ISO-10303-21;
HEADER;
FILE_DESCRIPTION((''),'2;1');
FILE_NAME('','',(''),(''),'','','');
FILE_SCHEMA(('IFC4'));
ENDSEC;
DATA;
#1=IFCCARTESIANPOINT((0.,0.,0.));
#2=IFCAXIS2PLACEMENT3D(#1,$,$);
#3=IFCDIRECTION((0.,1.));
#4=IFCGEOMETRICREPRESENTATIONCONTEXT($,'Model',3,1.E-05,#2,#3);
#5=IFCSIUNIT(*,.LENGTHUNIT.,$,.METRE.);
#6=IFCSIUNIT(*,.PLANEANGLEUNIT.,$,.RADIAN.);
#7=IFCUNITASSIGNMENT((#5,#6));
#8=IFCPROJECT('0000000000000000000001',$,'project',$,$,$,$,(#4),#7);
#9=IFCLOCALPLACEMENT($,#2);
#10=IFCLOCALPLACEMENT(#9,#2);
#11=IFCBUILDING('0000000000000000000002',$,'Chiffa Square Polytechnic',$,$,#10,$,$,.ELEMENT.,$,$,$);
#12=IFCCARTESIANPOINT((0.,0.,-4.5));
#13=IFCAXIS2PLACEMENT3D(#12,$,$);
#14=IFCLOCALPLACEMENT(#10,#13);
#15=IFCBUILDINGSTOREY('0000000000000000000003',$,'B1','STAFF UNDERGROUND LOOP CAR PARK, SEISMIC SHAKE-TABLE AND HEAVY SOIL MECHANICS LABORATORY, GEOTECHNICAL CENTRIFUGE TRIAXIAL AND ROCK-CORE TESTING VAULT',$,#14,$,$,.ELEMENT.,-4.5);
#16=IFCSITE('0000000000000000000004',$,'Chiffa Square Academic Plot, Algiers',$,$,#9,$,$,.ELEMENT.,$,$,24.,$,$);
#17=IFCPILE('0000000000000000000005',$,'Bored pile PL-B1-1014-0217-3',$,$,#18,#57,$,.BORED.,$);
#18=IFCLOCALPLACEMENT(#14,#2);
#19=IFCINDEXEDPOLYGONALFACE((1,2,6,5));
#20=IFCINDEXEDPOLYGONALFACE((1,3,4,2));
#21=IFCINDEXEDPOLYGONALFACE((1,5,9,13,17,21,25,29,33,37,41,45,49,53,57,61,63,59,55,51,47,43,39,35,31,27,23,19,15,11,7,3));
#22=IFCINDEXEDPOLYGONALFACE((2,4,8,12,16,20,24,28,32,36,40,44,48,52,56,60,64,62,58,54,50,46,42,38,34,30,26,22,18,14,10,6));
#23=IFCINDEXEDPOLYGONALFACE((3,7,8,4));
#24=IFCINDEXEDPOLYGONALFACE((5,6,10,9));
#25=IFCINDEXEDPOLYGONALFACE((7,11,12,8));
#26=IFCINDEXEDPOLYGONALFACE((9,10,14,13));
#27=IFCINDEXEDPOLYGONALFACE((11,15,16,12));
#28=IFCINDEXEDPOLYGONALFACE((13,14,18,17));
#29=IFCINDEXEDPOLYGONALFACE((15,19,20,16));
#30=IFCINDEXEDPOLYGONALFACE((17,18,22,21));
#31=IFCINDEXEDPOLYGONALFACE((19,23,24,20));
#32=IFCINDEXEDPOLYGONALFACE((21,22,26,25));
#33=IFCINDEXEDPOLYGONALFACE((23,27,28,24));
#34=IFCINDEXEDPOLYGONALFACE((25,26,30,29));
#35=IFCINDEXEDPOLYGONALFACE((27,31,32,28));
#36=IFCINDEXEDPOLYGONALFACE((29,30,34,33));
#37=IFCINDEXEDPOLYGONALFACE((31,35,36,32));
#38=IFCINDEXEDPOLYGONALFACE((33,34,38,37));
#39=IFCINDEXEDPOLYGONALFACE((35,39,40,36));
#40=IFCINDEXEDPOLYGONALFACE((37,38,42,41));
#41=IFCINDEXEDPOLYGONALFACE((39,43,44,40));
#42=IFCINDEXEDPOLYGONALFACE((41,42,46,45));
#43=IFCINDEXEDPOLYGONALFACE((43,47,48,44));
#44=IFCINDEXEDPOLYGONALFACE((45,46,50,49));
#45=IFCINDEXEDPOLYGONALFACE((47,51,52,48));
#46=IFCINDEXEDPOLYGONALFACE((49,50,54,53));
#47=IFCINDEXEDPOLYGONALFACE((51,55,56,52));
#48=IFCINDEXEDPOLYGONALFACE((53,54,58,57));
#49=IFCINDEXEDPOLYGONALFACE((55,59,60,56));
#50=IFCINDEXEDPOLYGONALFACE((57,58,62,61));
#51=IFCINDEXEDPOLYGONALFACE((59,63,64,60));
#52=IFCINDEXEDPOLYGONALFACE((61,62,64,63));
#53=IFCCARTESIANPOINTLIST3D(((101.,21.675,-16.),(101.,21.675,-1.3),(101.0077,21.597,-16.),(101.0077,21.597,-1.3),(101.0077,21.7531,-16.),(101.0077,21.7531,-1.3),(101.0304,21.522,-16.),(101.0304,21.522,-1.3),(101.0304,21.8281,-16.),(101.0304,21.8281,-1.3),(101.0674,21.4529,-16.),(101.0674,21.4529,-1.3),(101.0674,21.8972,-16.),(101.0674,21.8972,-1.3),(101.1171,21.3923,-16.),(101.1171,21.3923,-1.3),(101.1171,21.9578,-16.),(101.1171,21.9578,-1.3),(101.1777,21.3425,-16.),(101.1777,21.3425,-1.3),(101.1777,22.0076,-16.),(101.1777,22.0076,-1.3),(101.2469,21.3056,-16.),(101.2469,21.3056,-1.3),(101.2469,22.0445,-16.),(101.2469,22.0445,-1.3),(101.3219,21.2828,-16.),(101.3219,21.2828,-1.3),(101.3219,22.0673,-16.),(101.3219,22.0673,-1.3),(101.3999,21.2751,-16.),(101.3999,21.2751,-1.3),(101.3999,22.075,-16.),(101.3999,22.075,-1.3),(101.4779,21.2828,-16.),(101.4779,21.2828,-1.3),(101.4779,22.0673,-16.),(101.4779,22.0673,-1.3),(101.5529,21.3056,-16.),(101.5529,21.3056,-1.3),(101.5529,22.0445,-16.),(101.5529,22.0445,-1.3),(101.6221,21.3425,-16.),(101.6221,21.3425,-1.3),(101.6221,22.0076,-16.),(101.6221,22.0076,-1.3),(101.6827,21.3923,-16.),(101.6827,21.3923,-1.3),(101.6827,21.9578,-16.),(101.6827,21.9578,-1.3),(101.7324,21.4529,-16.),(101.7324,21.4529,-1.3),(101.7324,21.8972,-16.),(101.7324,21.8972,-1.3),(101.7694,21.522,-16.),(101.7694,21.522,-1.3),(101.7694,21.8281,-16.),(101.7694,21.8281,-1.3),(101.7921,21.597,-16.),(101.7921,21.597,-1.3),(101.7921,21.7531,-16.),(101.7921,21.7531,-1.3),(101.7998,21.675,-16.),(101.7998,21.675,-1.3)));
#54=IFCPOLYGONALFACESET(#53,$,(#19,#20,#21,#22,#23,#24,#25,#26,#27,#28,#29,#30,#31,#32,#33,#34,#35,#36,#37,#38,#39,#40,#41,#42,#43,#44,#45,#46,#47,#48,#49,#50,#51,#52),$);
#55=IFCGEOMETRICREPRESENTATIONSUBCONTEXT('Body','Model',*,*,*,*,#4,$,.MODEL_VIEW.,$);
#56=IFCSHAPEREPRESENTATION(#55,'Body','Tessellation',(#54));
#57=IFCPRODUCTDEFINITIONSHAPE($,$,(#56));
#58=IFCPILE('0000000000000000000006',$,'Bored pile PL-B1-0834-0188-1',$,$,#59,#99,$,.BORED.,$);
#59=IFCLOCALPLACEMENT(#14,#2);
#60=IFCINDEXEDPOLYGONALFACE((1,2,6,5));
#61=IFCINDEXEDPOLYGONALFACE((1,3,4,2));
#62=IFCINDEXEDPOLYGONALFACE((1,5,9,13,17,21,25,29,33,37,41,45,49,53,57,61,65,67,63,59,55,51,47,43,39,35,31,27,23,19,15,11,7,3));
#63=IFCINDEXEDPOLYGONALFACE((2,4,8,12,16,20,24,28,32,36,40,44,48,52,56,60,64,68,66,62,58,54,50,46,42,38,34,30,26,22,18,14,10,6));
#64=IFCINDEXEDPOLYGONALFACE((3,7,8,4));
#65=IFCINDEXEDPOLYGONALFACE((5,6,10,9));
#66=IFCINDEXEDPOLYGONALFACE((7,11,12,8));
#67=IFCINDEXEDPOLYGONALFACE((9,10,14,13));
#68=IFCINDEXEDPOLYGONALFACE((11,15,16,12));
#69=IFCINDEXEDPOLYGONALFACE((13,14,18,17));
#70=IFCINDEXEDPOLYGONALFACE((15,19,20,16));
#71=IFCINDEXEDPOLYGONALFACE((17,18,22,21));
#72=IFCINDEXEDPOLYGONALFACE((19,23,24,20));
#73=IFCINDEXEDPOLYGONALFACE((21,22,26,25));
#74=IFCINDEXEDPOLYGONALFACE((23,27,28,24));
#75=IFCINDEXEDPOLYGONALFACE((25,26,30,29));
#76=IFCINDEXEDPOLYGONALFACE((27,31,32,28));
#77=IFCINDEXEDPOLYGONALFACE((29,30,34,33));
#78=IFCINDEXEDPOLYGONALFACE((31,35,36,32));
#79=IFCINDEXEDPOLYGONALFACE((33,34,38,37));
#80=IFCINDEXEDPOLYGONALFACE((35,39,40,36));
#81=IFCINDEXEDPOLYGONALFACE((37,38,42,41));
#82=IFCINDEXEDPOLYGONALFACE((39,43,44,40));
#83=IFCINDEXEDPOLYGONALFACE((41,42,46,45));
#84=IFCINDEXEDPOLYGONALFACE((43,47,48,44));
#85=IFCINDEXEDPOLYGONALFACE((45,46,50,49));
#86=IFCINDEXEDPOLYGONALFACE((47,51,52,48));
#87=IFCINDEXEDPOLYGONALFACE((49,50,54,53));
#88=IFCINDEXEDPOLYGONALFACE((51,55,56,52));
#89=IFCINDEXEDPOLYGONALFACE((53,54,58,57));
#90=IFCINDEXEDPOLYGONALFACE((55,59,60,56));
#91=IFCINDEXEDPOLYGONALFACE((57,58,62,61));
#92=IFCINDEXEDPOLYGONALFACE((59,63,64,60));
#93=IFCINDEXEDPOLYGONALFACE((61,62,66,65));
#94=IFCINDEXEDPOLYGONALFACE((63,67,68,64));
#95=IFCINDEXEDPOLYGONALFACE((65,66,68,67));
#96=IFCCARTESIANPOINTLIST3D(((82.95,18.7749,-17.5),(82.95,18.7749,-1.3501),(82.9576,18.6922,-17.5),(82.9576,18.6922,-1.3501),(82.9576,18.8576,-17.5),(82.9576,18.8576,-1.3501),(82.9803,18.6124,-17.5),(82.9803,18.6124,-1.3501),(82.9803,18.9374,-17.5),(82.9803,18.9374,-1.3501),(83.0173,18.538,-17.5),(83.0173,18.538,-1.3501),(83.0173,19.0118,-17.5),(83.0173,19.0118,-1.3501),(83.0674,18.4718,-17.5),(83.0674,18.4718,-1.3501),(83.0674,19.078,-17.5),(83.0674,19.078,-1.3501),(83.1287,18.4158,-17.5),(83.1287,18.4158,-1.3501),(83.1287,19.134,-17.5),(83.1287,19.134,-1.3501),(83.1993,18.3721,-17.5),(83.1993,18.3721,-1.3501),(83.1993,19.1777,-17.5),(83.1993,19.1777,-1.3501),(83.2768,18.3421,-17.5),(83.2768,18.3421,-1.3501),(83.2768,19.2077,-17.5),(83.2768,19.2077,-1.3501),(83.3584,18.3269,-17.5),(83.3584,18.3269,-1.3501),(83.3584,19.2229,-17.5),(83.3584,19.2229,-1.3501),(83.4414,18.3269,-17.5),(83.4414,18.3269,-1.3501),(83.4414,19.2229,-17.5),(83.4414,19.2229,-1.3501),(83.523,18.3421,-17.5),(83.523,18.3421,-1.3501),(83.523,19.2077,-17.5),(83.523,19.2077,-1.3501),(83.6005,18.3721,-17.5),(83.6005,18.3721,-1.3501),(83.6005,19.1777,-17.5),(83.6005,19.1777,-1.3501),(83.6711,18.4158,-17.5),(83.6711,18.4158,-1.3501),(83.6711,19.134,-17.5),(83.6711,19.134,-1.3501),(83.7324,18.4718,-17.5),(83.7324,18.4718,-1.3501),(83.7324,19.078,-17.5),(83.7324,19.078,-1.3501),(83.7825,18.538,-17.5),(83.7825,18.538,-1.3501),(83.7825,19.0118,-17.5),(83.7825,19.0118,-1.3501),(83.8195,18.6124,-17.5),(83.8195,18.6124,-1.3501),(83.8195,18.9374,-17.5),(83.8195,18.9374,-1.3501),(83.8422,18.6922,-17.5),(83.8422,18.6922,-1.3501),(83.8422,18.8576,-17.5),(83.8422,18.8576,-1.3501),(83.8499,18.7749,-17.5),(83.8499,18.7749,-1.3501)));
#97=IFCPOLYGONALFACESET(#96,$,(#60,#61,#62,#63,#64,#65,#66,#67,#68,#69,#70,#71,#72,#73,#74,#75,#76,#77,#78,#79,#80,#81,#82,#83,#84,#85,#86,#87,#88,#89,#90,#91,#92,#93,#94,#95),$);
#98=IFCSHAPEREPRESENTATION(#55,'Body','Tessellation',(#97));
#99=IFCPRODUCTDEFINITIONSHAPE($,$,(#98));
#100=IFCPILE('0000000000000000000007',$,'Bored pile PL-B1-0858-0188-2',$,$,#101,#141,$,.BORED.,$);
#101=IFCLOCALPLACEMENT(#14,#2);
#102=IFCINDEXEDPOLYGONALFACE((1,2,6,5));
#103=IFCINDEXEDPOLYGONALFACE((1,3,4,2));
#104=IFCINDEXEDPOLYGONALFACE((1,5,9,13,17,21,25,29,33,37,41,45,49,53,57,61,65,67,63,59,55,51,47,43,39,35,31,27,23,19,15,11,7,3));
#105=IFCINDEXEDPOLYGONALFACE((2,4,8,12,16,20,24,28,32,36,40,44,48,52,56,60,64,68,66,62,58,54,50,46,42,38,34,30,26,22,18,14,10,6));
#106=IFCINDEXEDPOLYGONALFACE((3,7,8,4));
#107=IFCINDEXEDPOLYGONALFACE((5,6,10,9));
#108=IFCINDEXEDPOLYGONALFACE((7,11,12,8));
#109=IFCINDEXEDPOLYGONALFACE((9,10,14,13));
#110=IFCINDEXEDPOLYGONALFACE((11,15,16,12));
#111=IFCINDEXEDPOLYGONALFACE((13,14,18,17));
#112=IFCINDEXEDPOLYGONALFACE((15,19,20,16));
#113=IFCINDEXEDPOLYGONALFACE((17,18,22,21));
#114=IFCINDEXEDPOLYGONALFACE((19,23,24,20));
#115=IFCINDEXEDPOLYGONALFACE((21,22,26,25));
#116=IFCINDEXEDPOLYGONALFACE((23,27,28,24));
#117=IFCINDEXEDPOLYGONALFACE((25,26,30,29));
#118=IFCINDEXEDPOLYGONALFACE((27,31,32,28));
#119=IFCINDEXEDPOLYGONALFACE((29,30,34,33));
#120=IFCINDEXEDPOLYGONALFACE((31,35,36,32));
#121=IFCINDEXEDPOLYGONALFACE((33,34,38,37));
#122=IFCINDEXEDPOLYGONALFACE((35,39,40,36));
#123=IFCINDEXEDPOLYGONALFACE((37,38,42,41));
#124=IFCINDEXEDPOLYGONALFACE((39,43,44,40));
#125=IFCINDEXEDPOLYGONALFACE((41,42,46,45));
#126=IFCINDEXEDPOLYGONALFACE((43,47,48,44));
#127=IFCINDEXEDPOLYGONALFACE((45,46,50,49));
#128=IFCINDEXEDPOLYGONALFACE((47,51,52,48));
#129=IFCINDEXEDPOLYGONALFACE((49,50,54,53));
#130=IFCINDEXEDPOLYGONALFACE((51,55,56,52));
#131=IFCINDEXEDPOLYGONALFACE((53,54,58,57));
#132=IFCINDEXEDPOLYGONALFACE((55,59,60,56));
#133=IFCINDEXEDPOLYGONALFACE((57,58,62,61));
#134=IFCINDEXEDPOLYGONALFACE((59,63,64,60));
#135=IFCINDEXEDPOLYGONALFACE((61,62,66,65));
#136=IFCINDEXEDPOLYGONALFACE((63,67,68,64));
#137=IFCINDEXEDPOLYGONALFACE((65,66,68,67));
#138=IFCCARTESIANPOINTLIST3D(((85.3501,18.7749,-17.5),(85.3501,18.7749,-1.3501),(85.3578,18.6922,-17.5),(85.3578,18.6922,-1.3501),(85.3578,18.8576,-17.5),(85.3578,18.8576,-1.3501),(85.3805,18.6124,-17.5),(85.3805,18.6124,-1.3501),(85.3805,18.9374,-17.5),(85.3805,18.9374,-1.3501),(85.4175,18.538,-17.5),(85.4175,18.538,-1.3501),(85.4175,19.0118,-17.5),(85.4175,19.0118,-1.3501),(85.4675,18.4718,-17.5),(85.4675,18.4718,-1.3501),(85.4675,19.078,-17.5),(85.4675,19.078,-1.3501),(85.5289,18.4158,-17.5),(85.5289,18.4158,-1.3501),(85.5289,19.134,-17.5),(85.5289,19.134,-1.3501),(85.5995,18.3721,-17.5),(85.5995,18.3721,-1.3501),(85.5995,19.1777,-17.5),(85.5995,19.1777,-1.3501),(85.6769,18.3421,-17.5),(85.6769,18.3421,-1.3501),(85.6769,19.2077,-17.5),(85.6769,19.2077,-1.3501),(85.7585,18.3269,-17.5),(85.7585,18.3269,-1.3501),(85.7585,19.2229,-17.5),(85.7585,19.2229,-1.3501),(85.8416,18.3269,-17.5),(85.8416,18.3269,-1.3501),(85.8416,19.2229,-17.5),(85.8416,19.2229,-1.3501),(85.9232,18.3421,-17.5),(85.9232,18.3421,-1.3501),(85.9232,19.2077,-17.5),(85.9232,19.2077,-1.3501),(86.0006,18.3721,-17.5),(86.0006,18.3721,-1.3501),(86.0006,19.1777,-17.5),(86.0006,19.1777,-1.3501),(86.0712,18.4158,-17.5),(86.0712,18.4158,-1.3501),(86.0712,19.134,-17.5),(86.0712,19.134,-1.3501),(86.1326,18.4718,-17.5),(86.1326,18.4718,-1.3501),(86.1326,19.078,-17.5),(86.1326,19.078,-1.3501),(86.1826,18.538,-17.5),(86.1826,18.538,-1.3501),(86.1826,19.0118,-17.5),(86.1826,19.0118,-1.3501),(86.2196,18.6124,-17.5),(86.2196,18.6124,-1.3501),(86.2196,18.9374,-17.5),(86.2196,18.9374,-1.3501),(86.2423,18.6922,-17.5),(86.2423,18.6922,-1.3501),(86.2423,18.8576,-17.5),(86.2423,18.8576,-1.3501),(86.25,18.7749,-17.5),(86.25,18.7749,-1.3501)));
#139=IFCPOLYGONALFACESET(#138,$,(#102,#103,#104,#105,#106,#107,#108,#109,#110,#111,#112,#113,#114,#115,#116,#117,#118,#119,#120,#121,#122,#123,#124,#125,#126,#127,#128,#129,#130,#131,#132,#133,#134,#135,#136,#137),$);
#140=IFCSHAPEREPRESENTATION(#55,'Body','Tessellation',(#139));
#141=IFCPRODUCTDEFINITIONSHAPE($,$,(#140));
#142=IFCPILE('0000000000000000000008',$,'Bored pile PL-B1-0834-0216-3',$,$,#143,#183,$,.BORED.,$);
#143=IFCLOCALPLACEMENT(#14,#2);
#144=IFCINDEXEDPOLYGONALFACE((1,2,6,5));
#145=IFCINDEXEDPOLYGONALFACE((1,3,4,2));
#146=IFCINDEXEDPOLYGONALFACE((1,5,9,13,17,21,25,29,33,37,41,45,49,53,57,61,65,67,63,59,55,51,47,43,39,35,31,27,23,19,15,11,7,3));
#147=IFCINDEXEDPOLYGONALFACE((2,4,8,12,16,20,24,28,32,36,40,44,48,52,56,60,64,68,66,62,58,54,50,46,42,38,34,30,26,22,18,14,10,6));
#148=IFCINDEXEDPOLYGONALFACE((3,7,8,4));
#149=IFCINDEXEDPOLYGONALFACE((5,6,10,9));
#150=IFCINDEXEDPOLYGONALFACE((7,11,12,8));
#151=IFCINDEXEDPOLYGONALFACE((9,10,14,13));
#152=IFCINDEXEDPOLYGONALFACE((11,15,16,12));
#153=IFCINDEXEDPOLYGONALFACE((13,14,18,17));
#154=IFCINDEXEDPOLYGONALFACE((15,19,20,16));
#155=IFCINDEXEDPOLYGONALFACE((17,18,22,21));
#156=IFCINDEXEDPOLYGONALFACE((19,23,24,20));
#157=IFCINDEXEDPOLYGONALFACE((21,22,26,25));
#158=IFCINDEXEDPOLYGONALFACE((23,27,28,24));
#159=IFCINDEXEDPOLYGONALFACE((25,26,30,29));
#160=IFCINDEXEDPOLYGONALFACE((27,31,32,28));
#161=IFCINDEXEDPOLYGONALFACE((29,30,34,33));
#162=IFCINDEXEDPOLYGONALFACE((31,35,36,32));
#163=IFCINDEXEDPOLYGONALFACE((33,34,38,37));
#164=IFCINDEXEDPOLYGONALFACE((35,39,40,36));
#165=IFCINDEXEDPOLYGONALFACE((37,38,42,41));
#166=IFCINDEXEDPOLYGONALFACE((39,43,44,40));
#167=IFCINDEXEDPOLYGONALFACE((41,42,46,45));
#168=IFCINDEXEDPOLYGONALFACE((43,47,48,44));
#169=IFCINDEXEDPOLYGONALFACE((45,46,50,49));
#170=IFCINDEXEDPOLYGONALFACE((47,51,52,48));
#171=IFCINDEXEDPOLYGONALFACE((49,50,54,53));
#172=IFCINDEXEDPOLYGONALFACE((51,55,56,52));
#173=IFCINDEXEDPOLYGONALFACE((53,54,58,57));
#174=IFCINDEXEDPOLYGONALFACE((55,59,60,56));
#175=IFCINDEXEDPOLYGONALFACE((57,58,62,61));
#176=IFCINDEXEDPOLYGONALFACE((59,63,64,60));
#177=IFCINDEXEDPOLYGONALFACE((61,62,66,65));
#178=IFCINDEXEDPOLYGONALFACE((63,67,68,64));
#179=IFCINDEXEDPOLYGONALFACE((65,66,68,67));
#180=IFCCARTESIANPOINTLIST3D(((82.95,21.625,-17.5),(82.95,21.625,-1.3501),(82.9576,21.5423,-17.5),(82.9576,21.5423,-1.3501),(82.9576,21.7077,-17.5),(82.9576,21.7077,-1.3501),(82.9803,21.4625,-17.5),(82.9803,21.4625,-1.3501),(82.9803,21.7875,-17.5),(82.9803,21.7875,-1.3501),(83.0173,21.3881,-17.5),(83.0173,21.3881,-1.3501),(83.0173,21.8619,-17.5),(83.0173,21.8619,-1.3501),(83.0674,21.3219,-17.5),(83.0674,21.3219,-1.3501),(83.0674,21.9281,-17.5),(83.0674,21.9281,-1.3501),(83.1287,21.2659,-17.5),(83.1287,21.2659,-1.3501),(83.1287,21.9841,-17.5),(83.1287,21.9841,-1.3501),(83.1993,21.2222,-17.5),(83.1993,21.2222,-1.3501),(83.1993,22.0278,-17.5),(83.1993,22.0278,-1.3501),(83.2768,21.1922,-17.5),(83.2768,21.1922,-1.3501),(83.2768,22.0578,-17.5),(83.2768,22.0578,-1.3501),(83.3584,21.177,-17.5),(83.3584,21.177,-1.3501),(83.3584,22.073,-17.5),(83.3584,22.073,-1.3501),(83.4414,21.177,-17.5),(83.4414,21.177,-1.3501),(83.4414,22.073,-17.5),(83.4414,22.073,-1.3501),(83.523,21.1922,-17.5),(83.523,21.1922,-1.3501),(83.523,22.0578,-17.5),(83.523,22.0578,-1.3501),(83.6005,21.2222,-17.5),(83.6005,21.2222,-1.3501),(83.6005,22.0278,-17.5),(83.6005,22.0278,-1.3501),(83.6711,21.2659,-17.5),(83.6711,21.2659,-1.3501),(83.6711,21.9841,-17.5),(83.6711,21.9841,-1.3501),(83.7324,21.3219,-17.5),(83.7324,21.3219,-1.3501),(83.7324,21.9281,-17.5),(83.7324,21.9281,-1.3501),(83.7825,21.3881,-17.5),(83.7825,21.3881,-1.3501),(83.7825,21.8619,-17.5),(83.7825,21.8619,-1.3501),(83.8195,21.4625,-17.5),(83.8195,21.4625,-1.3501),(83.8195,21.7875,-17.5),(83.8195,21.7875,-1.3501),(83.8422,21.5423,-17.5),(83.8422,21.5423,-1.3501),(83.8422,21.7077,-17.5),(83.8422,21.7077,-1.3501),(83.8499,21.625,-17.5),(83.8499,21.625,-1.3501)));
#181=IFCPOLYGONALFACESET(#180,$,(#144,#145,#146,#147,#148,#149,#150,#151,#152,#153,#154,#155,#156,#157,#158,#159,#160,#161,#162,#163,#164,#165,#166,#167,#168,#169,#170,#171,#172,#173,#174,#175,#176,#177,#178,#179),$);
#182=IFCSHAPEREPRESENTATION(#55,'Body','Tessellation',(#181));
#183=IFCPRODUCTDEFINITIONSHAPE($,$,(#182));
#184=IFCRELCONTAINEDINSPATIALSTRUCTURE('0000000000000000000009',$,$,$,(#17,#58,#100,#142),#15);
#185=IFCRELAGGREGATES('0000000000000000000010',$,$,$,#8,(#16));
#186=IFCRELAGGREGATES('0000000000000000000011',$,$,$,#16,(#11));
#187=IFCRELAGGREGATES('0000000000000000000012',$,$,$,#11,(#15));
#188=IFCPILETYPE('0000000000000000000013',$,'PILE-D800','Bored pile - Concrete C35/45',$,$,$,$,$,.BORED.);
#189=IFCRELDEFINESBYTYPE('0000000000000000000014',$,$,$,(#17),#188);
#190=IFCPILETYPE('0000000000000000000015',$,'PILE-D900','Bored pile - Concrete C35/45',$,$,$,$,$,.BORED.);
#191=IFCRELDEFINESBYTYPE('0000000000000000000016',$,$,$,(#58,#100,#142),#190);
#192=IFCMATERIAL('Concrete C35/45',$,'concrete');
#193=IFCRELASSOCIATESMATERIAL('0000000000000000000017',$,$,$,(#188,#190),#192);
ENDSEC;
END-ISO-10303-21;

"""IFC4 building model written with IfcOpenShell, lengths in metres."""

from ifc_helpers import new_model, si_unit, direction, frame, origin, origin_2d, place, context, subcontext, project, spatial, circle, extrude, material, material_profile, profile_set, type_object, element, save


model = new_model("IFC4")

# Units and contexts
model_context = context("Model", 3, precision=1e-05, world=origin(), true_north=direction((0.0, 1.0)))
body_context = subcontext(model_context, "Body", "Model", "MODEL_VIEW")
ifc_project = project(units=[si_unit("LENGTHUNIT", "METRE"), si_unit("PLANEANGLEUNIT", "RADIAN")], contexts=[model_context])

# Site, building, storey
site_placement = place(None, origin())
site = spatial("IfcSite", under=ifc_project, at=site_placement, Name="Chiffa Square Academic Plot, Algiers", CompositionType="ELEMENT", RefElevation=24.0)
building_placement = place(site_placement, origin())
building = spatial("IfcBuilding", under=site, at=building_placement, Name="Chiffa Square Polytechnic", CompositionType="ELEMENT")
storey_placement = place(building_placement, frame((0.0, 0.0, -4.5)))
storey = spatial("IfcBuildingStorey", under=building, at=storey_placement, Name="B1", Description="STAFF UNDERGROUND LOOP CAR PARK, SEISMIC SHAKE-TABLE AND HEAVY SOIL MECHANICS LABORATORY, GEOTECHNICAL CENTRIFUGE TRIAXIAL AND ROCK-CORE TESTING VAULT", CompositionType="ELEMENT", Elevation=-4.5)

# Shared definitions
ifc_material = material(Name="Concrete C35/45", Category="concrete")

# Piles
ifc_material_profile_1 = material_profile(ifc_material, circle(Radius=0.3999, at=origin_2d()), Name="PILE D800")
ifc_profile_set_1 = profile_set([ifc_material_profile_1], Name="Concrete C35/45")
pile_type_1 = type_object("IfcPileType", Name="PILE-D800", Description="Bored pile - Concrete C35/45", PredefinedType="BORED", material=ifc_profile_set_1)
for number, where, z_axis, x_axis, name in (
    (1, (101.3999, 21.675, -1.3), (0.0, 0.0, -1.0), (1.0, 0.0, 0.0), "Bored pile PL-B1-1014-0217-3"),
):
    element("IfcPile", number, at=place(storey_placement, frame(where, z_axis=z_axis, x_axis=x_axis)), inside=storey, type_object=pile_type_1, Name=name, PredefinedType="BORED", context=body_context, shape_type="SweptSolid", body=[
        extrude(circle(Radius=0.3999, at=origin_2d()), origin(), (0.0, 0.0, 1.0), 14.7),
    ])
ifc_material_profile_2 = material_profile(ifc_material, circle(Radius=0.45, at=origin_2d()), Name="PILE D900")
ifc_profile_set_2 = profile_set([ifc_material_profile_2], Name="Concrete C35/45")
pile_type_2 = type_object("IfcPileType", Name="PILE-D900", Description="Bored pile - Concrete C35/45", PredefinedType="BORED", material=ifc_profile_set_2)
for number, where, z_axis, x_axis, name in (
    (2, (83.3999, 18.7749, -1.3501), (0.0, 0.0, -1.0), (1.0, 0.0, 0.0), "Bored pile PL-B1-0834-0188-1"),
    (3, (85.8, 18.7749, -1.3501), (0.0, 0.0, -1.0), (1.0, 0.0, 0.0), "Bored pile PL-B1-0858-0188-2"),
    (4, (83.3999, 21.625, -1.3501), (0.0, 0.0, -1.0), (1.0, 0.0, 0.0), "Bored pile PL-B1-0834-0216-3"),
):
    element("IfcPile", number, at=place(storey_placement, frame(where, z_axis=z_axis, x_axis=x_axis)), inside=storey, type_object=pile_type_2, Name=name, PredefinedType="BORED", context=body_context, shape_type="SweptSolid", body=[
        extrude(circle(Radius=0.45, at=origin_2d()), origin(), (0.0, 0.0, 1.0), 16.1499),
    ])

save(model, "model.ifc")
